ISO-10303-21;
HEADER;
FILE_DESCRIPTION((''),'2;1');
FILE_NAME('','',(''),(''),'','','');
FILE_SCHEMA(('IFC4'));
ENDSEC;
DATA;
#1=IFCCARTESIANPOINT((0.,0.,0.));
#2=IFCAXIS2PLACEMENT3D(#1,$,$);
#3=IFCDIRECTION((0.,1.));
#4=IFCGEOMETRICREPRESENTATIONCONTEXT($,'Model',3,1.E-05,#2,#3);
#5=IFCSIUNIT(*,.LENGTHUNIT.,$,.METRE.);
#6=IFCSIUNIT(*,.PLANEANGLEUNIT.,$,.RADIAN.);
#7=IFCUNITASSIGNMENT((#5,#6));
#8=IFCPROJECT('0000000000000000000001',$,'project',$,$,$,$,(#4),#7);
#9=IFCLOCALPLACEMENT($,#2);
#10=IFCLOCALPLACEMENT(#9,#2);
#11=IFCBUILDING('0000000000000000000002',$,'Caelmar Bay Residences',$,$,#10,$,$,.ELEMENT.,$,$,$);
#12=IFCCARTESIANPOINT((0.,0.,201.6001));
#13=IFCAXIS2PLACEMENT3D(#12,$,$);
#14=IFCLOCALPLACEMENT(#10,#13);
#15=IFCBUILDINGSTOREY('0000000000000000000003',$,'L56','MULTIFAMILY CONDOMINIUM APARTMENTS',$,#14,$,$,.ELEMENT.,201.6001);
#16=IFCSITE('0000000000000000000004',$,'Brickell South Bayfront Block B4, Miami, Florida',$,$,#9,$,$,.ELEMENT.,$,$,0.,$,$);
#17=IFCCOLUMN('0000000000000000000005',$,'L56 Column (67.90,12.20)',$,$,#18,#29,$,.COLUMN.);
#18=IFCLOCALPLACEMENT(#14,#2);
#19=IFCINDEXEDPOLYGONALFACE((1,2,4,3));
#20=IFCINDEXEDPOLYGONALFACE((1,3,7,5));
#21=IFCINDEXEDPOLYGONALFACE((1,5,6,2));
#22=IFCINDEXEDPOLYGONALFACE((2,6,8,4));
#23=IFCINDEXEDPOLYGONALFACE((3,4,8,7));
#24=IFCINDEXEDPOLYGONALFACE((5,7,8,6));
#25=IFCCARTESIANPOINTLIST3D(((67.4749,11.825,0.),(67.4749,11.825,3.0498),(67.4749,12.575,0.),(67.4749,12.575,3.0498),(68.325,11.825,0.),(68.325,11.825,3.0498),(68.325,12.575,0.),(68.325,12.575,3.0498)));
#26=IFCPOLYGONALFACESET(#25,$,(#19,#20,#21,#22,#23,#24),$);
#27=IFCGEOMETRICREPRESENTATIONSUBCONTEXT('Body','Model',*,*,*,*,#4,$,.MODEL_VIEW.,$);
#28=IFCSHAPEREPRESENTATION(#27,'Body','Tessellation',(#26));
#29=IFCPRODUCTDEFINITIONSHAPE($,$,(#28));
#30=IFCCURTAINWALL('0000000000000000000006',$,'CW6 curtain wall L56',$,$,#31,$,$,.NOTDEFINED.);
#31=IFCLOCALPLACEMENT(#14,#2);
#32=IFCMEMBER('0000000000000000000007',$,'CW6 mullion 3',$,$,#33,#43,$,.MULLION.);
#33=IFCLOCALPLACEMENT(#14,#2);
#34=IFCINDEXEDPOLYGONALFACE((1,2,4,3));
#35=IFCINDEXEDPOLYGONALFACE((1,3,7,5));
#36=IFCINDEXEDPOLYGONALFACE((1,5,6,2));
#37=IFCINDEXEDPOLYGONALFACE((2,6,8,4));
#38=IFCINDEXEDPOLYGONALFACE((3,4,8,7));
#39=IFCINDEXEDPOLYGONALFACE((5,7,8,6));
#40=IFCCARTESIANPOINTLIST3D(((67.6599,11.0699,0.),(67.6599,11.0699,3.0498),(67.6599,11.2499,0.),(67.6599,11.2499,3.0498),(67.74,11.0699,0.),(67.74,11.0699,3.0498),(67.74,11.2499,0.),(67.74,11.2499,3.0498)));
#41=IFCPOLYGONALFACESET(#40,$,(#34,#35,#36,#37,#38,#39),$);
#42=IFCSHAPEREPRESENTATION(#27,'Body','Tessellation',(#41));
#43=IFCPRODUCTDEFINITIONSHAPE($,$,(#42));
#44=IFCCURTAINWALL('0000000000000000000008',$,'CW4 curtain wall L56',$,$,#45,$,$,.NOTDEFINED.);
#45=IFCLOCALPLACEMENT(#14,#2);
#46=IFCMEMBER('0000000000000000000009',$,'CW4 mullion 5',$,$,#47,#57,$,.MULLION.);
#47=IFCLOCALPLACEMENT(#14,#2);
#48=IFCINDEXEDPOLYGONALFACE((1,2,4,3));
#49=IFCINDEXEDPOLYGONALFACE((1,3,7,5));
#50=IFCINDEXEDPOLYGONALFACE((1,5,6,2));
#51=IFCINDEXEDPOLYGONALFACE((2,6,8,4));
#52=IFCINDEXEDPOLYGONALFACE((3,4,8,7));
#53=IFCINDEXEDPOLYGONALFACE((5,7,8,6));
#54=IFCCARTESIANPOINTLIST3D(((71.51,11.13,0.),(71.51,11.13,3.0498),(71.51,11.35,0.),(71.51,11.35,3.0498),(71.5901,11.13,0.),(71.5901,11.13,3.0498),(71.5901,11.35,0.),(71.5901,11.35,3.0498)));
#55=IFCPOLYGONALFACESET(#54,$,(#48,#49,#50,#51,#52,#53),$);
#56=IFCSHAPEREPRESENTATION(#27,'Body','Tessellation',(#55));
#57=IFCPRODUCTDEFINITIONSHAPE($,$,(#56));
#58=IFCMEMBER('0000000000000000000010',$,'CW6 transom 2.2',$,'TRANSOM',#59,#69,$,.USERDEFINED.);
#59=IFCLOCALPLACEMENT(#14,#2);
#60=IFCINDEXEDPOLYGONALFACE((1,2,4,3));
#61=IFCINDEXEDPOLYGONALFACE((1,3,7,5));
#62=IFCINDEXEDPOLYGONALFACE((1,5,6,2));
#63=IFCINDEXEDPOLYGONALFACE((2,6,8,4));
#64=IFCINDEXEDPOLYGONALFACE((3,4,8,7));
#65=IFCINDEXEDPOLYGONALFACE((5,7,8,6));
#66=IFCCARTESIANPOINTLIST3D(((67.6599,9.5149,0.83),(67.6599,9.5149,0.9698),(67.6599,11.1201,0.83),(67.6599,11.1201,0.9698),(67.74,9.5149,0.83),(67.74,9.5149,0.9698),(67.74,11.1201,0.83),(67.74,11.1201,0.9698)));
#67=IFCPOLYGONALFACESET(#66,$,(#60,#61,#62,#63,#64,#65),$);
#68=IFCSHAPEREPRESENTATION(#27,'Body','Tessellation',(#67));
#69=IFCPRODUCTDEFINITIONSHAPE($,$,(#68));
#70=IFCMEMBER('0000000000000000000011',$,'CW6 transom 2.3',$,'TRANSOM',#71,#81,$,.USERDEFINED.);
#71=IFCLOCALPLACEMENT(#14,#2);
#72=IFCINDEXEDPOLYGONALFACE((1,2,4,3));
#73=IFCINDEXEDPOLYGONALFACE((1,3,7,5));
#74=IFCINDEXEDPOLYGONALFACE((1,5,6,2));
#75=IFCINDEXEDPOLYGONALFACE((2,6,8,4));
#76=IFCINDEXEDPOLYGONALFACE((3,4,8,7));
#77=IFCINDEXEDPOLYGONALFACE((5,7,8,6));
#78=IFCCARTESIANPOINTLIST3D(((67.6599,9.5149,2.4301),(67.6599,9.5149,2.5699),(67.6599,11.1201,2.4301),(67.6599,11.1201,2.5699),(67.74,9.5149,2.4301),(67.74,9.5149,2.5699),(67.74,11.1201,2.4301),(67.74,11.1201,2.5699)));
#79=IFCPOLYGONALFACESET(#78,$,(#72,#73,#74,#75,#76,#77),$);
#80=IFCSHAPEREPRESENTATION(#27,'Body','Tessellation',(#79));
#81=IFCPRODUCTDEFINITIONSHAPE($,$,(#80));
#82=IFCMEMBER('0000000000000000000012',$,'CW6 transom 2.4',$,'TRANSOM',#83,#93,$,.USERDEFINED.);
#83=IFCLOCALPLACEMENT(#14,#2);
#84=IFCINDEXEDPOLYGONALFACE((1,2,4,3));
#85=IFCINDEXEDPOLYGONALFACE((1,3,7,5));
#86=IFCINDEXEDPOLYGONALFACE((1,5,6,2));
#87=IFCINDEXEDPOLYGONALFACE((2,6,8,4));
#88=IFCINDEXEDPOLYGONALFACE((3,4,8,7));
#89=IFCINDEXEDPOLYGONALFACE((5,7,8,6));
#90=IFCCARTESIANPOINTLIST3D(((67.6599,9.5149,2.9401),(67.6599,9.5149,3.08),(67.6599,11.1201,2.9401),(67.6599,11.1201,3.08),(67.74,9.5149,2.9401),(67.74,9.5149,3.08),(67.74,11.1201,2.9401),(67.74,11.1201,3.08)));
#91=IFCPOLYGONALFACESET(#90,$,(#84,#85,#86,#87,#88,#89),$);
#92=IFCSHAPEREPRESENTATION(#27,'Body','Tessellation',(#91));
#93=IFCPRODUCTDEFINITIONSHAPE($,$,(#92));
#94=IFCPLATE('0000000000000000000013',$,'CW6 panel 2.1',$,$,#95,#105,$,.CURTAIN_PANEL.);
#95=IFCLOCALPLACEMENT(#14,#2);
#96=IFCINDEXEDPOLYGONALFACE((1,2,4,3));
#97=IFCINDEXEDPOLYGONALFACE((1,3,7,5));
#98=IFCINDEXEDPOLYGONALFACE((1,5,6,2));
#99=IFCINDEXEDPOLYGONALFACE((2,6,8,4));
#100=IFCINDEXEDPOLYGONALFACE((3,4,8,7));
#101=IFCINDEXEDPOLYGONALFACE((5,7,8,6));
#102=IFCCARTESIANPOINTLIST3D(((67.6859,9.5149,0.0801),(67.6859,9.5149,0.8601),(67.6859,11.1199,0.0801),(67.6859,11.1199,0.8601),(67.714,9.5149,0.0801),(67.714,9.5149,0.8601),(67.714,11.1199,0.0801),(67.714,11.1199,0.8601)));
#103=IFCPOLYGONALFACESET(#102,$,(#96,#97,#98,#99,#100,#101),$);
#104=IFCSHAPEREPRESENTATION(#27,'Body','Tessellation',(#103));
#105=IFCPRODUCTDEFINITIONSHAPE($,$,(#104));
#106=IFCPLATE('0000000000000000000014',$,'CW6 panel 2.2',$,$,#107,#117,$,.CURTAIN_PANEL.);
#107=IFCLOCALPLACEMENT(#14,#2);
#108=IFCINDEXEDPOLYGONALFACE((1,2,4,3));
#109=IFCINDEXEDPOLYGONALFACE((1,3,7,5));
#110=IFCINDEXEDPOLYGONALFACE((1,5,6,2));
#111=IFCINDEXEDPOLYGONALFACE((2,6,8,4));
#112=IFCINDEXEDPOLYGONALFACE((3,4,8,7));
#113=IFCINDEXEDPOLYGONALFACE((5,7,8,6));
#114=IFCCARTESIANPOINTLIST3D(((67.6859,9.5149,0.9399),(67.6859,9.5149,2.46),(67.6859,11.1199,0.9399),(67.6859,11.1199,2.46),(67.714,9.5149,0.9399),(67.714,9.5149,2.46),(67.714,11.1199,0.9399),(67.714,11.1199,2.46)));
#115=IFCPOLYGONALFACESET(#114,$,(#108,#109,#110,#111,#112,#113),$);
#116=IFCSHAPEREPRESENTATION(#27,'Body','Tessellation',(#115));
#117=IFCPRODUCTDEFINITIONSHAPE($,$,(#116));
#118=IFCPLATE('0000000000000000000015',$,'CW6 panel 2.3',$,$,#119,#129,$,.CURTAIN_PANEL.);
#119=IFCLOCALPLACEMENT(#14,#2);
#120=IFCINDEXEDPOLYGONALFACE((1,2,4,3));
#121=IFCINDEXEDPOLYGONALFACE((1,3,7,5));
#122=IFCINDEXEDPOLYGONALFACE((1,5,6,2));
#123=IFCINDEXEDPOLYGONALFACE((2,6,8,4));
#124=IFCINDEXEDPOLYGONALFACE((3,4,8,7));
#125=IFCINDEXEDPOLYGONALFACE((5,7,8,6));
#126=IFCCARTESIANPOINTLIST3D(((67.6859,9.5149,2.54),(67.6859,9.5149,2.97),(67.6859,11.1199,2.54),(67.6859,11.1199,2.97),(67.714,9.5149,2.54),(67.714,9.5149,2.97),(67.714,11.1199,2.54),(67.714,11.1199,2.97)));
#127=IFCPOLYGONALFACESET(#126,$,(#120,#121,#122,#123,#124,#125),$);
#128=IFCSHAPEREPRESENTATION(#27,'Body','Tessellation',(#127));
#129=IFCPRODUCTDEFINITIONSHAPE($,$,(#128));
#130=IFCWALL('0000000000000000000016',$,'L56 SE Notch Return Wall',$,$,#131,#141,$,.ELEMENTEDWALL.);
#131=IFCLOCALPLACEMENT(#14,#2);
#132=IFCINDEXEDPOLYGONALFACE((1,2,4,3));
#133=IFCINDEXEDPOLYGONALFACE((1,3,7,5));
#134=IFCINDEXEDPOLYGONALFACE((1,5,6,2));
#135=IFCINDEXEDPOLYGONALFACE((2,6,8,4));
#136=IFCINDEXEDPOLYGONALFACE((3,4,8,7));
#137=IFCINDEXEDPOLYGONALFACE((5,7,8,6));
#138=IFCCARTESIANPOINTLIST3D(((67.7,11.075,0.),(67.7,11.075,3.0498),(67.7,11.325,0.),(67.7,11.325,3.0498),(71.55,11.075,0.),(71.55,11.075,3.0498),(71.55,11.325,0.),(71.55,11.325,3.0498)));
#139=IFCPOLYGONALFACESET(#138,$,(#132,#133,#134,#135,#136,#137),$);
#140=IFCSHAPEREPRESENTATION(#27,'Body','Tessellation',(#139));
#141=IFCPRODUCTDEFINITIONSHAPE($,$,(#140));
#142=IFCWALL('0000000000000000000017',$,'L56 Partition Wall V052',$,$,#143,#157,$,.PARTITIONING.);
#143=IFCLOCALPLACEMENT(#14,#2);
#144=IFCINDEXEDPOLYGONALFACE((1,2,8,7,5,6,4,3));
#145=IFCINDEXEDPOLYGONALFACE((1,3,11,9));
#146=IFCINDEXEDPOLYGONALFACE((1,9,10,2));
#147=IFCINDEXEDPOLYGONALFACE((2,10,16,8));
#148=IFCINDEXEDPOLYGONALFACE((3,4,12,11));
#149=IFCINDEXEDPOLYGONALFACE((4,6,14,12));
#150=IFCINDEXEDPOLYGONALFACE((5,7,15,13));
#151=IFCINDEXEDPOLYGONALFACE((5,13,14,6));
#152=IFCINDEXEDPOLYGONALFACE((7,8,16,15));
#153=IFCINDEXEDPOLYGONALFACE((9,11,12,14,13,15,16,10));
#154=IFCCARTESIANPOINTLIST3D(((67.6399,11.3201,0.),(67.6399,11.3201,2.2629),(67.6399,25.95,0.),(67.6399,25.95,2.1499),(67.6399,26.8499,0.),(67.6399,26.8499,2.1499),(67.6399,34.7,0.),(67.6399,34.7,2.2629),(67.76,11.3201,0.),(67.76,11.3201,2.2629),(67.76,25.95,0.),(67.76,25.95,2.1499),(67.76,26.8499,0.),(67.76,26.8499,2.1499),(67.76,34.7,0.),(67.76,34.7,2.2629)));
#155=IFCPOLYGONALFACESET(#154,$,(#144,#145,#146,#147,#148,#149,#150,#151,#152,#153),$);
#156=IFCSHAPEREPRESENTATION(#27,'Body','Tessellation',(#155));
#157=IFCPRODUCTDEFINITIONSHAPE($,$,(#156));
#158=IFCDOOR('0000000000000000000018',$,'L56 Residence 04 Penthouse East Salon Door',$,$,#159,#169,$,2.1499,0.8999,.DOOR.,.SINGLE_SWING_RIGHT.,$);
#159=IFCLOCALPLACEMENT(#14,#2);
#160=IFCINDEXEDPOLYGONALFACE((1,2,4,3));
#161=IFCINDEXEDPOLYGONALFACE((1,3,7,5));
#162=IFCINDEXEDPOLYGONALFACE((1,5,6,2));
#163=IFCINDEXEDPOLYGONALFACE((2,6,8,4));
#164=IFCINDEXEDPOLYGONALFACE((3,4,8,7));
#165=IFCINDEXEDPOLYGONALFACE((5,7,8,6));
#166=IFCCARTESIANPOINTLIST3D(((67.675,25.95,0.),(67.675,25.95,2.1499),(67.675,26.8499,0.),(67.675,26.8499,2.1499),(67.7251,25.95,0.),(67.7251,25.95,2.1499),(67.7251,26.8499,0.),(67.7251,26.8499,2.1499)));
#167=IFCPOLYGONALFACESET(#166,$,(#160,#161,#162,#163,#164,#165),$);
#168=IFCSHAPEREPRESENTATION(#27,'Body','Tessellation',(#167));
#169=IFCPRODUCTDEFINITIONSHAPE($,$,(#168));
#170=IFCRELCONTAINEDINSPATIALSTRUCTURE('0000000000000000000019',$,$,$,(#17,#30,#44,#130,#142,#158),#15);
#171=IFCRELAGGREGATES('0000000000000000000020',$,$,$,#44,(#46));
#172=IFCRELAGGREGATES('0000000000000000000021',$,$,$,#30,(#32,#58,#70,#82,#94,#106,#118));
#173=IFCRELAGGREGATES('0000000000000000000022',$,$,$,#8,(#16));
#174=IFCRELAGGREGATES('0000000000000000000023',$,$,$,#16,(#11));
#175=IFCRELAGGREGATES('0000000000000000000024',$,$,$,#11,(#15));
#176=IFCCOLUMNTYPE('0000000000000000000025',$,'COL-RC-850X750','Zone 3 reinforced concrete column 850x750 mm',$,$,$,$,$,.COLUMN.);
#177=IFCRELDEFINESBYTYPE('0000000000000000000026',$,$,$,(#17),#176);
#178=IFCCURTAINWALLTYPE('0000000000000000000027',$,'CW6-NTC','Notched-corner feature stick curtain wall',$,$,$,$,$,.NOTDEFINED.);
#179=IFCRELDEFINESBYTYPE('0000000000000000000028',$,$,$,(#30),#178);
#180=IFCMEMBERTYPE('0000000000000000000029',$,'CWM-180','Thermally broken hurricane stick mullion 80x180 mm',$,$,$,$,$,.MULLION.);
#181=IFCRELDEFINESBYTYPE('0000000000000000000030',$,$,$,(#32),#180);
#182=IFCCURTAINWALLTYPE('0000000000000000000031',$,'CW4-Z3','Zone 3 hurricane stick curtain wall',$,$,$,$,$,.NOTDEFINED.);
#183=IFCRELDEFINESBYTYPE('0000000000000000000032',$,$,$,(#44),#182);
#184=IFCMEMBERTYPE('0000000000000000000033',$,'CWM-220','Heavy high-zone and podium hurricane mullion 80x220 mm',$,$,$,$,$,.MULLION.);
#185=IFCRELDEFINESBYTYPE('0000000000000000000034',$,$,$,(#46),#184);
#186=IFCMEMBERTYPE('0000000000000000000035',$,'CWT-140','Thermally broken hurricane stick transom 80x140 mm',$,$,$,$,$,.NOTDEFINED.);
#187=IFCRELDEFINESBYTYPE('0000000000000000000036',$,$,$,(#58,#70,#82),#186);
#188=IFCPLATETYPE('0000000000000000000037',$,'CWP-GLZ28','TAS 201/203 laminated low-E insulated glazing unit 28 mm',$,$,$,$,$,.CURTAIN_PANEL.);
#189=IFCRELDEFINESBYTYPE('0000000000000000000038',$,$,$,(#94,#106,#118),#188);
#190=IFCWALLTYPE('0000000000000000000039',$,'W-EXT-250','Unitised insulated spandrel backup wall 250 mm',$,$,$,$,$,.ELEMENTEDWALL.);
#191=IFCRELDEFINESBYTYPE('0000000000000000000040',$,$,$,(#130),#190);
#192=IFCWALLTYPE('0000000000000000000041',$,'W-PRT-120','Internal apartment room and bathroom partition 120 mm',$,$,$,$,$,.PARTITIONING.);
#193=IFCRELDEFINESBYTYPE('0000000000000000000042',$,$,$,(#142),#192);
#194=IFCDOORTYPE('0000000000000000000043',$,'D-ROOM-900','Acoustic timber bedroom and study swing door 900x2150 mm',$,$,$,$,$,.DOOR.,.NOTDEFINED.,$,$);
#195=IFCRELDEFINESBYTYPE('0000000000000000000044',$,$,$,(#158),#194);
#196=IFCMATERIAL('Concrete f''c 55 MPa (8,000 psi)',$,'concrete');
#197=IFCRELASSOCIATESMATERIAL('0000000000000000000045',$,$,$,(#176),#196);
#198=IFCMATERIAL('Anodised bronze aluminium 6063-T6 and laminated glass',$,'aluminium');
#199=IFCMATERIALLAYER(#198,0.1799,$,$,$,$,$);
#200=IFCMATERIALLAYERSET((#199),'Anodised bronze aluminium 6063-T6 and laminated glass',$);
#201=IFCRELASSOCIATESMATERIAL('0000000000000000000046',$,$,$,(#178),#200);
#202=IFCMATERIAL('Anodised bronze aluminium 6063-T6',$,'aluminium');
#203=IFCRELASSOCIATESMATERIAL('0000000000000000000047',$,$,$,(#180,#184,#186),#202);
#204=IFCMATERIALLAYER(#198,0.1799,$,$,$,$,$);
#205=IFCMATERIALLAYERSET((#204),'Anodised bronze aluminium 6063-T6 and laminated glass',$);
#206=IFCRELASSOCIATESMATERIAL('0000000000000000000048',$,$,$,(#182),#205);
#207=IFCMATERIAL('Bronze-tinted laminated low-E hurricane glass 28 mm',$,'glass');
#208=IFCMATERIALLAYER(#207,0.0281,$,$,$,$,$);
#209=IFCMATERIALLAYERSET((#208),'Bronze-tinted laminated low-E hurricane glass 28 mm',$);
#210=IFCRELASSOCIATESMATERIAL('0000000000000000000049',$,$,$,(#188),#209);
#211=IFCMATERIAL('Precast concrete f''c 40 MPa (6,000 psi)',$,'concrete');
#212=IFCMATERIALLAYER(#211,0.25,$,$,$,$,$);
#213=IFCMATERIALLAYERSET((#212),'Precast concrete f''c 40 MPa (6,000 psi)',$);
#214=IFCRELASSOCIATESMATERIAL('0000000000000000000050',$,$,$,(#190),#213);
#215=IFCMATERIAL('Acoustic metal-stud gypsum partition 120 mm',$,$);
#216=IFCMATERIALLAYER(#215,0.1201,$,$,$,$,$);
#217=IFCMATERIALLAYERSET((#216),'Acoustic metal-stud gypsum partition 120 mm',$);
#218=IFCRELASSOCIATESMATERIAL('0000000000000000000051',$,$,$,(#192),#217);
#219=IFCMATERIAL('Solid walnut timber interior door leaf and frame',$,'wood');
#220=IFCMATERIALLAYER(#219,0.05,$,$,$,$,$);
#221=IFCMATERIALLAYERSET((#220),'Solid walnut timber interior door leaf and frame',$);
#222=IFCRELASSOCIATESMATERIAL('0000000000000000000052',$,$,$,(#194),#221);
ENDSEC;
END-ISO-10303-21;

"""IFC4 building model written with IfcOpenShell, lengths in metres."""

from ifc_helpers import new_model, si_unit, direction, frame, frame_2d, origin, origin_2d, place, context, subcontext, project, spatial, rectangle, extrude, material, layer, layer_set, material_profile, profile_set, type_object, element, fill, aggregate, save


model = new_model("IFC4")

# Units and contexts
model_context = context("Model", 3, precision=1e-05, world=origin(), true_north=direction((0.0, 1.0)))
body_context = subcontext(model_context, "Body", "Model", "MODEL_VIEW")
ifc_project = project(units=[si_unit("LENGTHUNIT", "METRE"), si_unit("PLANEANGLEUNIT", "RADIAN")], contexts=[model_context])

# Site, building, storey
site_placement = place(None, origin())
site = spatial("IfcSite", under=ifc_project, at=site_placement, Name="Brickell South Bayfront Block B4, Miami, Florida", CompositionType="ELEMENT", RefElevation=0.0)
building_placement = place(site_placement, origin())
building = spatial("IfcBuilding", under=site, at=building_placement, Name="Caelmar Bay Residences", CompositionType="ELEMENT")
storey_placement = place(building_placement, frame((0.0, 0.0, 201.6001)))
storey = spatial("IfcBuildingStorey", under=building, at=storey_placement, Name="L56", Description="MULTIFAMILY CONDOMINIUM APARTMENTS", CompositionType="ELEMENT", Elevation=201.6001)

# Column
ifc_material_1 = material(Name="Concrete f'c 55 MPa (8,000 psi)", Category="concrete")
ifc_material_profile_1 = material_profile(ifc_material_1, rectangle(XDim=0.8501, YDim=0.75, at=origin_2d()), Name="RC-COL-850X750")
ifc_profile_set_1 = profile_set([ifc_material_profile_1], Name="Concrete f'c 55 MPa (8,000 psi)")
column_type = type_object("IfcColumnType", Name="COL-RC-850X750", Description="Zone 3 reinforced concrete column 850x750 mm", PredefinedType="COLUMN", material=ifc_profile_set_1)
column_placement = place(storey_placement, frame((67.8999, 12.2, 0.0), z_axis=(0.0, 0.0, 1.0), x_axis=(1.0, 0.0, 0.0)))
element("IfcColumn", 1, at=column_placement, inside=storey, type_object=column_type, Name="L56 Column (67.90,12.20)", PredefinedType="COLUMN", context=body_context, shape_type="SweptSolid", body=[
    extrude(rectangle(XDim=0.8501, YDim=0.75, at=origin_2d()), origin(), (0.0, 0.0, 1.0), 3.0498),
])

# Curtain walls, members
ifc_material_2 = material(Name="Anodised bronze aluminium 6063-T6 and laminated glass", Category="aluminium")
ifc_layer_1 = layer(ifc_material_2, 0.1799)
ifc_layer_set_1 = layer_set([ifc_layer_1], Name="Anodised bronze aluminium 6063-T6 and laminated glass")
curtain_wall_type_1 = type_object("IfcCurtainWallType", Name="CW6-NTC", Description="Notched-corner feature stick curtain wall", PredefinedType="NOTDEFINED", material=ifc_layer_set_1)
curtain_wall_1_placement = place(storey_placement, origin())
curtain_wall_1 = element("IfcCurtainWall", 2, at=curtain_wall_1_placement, inside=storey, type_object=curtain_wall_type_1, Name="CW6 curtain wall L56", PredefinedType="NOTDEFINED")
ifc_material_3 = material(Name="Anodised bronze aluminium 6063-T6", Category="aluminium")
ifc_material_profile_2 = material_profile(ifc_material_3, rectangle(XDim=0.0801, YDim=0.1799, at=origin_2d()), Name="CWM-80X180")
ifc_profile_set_2 = profile_set([ifc_material_profile_2], Name="Anodised bronze aluminium 6063-T6")
member_type_1 = type_object("IfcMemberType", Name="CWM-180", Description="Thermally broken hurricane stick mullion 80x180 mm", PredefinedType="MULLION", material=ifc_profile_set_2)
member_1_placement = place(storey_placement, frame((67.7, 11.1599, 0.0), z_axis=(0.0, 0.0, 1.0), x_axis=(-1.0, 0.0, 0.0)))
member_1 = element("IfcMember", 3, at=member_1_placement, type_object=member_type_1, Name="CW6 mullion 3", PredefinedType="MULLION", context=body_context, shape_type="SweptSolid", body=[
    extrude(rectangle(XDim=0.0801, YDim=0.1799, at=origin_2d()), origin(), (0.0, 0.0, 1.0), 3.0498),
])
ifc_layer_2 = layer(ifc_material_2, 0.1799)
ifc_layer_set_2 = layer_set([ifc_layer_2], Name="Anodised bronze aluminium 6063-T6 and laminated glass")
curtain_wall_type_2 = type_object("IfcCurtainWallType", Name="CW4-Z3", Description="Zone 3 hurricane stick curtain wall", PredefinedType="NOTDEFINED", material=ifc_layer_set_2)
curtain_wall_2_placement = place(storey_placement, origin())
curtain_wall_2 = element("IfcCurtainWall", 4, at=curtain_wall_2_placement, inside=storey, type_object=curtain_wall_type_2, Name="CW4 curtain wall L56", PredefinedType="NOTDEFINED")
ifc_material_profile_3 = material_profile(ifc_material_3, rectangle(XDim=0.0801, YDim=0.22, at=origin_2d()), Name="CWM-80X220")
ifc_profile_set_3 = profile_set([ifc_material_profile_3], Name="Anodised bronze aluminium 6063-T6")
member_type_2 = type_object("IfcMemberType", Name="CWM-220", Description="Heavy high-zone and podium hurricane mullion 80x220 mm", PredefinedType="MULLION", material=ifc_profile_set_3)
member_2_placement = place(storey_placement, frame((71.55, 11.24, 0.0), z_axis=(0.0, 0.0, 1.0), x_axis=(1.0, 0.0, 0.0)))
member_2 = element("IfcMember", 5, at=member_2_placement, type_object=member_type_2, Name="CW4 mullion 5", PredefinedType="MULLION", context=body_context, shape_type="SweptSolid", body=[
    extrude(rectangle(XDim=0.0801, YDim=0.22, at=origin_2d()), origin(), (0.0, 0.0, 1.0), 3.0498),
])
aggregate(curtain_wall_2, [member_2])

# Members
ifc_material_profile_4 = material_profile(ifc_material_3, rectangle(XDim=0.0801, YDim=0.1399, at=origin_2d()), Name="CWT-80X140")
ifc_profile_set_4 = profile_set([ifc_material_profile_4], Name="Anodised bronze aluminium 6063-T6")
member_type_3 = type_object("IfcMemberType", Name="CWT-140", Description="Thermally broken hurricane stick transom 80x140 mm", PredefinedType="NOTDEFINED", material=ifc_profile_set_4)
member_3_placement = place(storey_placement, frame((67.7, 9.5149, 0.8999), z_axis=(0.0, 1.0, 0.0), x_axis=(-1.0, 0.0, 0.0)))
member_3 = element("IfcMember", 6, at=member_3_placement, type_object=member_type_3, Name="CW6 transom 2.2", ObjectType="TRANSOM", PredefinedType="USERDEFINED", context=body_context, shape_type="SweptSolid", body=[
    extrude(rectangle(XDim=0.0801, YDim=0.1399, at=origin_2d()), origin(), (0.0, 0.0, 1.0), 1.6052),
])
member_4_placement = place(storey_placement, frame((67.7, 9.5149, 2.5), z_axis=(0.0, 1.0, 0.0), x_axis=(-1.0, 0.0, 0.0)))
member_4 = element("IfcMember", 7, at=member_4_placement, type_object=member_type_3, Name="CW6 transom 2.3", ObjectType="TRANSOM", PredefinedType="USERDEFINED", context=body_context, shape_type="SweptSolid", body=[
    extrude(rectangle(XDim=0.0801, YDim=0.1399, at=origin_2d()), origin(), (0.0, 0.0, 1.0), 1.6052),
])
member_5_placement = place(storey_placement, frame((67.7, 9.5149, 3.01), z_axis=(0.0, 1.0, 0.0), x_axis=(-1.0, 0.0, 0.0)))
member_5 = element("IfcMember", 8, at=member_5_placement, type_object=member_type_3, Name="CW6 transom 2.4", ObjectType="TRANSOM", PredefinedType="USERDEFINED", context=body_context, shape_type="SweptSolid", body=[
    extrude(rectangle(XDim=0.0801, YDim=0.1399, at=origin_2d()), origin(), (0.0, 0.0, 1.0), 1.6052),
])

# Plates
ifc_material_4 = material(Name="Bronze-tinted laminated low-E hurricane glass 28 mm", Category="glass")
ifc_layer_3 = layer(ifc_material_4, 0.0281)
ifc_layer_set_3 = layer_set([ifc_layer_3], Name="Bronze-tinted laminated low-E hurricane glass 28 mm")
plate_type = type_object("IfcPlateType", Name="CWP-GLZ28", Description="TAS 201/203 laminated low-E insulated glazing unit 28 mm", PredefinedType="CURTAIN_PANEL", material=ifc_layer_set_3)
plate_1_placement = place(storey_placement, frame((67.7, 10.3174, 0.0801), z_axis=(0.0, 0.0, 1.0), x_axis=(0.0, 1.0, 0.0)))
plate_1 = element("IfcPlate", 9, at=plate_1_placement, type_object=plate_type, Name="CW6 panel 2.1", PredefinedType="CURTAIN_PANEL", context=body_context, shape_type="SweptSolid", body=[
    extrude(rectangle(XDim=1.605, YDim=0.0281, at=origin_2d()), origin(), (0.0, 0.0, 1.0), 0.78),
])
plate_2_placement = place(storey_placement, frame((67.7, 10.3174, 0.9399), z_axis=(0.0, 0.0, 1.0), x_axis=(0.0, 1.0, 0.0)))
plate_2 = element("IfcPlate", 10, at=plate_2_placement, type_object=plate_type, Name="CW6 panel 2.2", PredefinedType="CURTAIN_PANEL", context=body_context, shape_type="SweptSolid", body=[
    extrude(rectangle(XDim=1.605, YDim=0.0281, at=origin_2d()), origin(), (0.0, 0.0, 1.0), 1.52),
])
plate_3_placement = place(storey_placement, frame((67.7, 10.3174, 2.54), z_axis=(0.0, 0.0, 1.0), x_axis=(0.0, 1.0, 0.0)))
plate_3 = element("IfcPlate", 11, at=plate_3_placement, type_object=plate_type, Name="CW6 panel 2.3", PredefinedType="CURTAIN_PANEL", context=body_context, shape_type="SweptSolid", body=[
    extrude(rectangle(XDim=1.605, YDim=0.0281, at=origin_2d()), origin(), (0.0, 0.0, 1.0), 0.4299),
])
aggregate(curtain_wall_1, [member_1, member_3, member_4, member_5, plate_1, plate_2, plate_3])

# Wall
ifc_material_5 = material(Name="Precast concrete f'c 40 MPa (6,000 psi)", Category="concrete")
ifc_layer_4 = layer(ifc_material_5, 0.25)
ifc_layer_set_4 = layer_set([ifc_layer_4], Name="Precast concrete f'c 40 MPa (6,000 psi)")
wall_type_1 = type_object("IfcWallType", Name="W-EXT-250", Description="Unitised insulated spandrel backup wall 250 mm", PredefinedType="ELEMENTEDWALL", material=ifc_layer_set_4)
wall_1_placement = place(storey_placement, frame((67.7, 11.2, 0.0), z_axis=(0.0, 0.0, 1.0), x_axis=(1.0, 0.0, 0.0)))
element("IfcWall", 12, at=wall_1_placement, inside=storey, type_object=wall_type_1, Name="L56 SE Notch Return Wall", PredefinedType="ELEMENTEDWALL", context=body_context, shape_type="SweptSolid", body=[
    extrude(rectangle(XDim=3.8501, YDim=0.25, at=frame_2d((1.925, 0.0))), origin(), (0.0, 0.0, 1.0), 3.0498),
])

# Wall, opening, door
ifc_material_6 = material(Name="Acoustic metal-stud gypsum partition 120 mm")
ifc_layer_5 = layer(ifc_material_6, 0.1201)
ifc_layer_set_5 = layer_set([ifc_layer_5], Name="Acoustic metal-stud gypsum partition 120 mm")
wall_type_2 = type_object("IfcWallType", Name="W-PRT-120", Description="Internal apartment room and bathroom partition 120 mm", PredefinedType="PARTITIONING", material=ifc_layer_set_5)
wall_2_placement = place(storey_placement, frame((67.7, 11.3201, 0.0), z_axis=(0.0, 0.0, 1.0), x_axis=(0.0, 1.0, 0.0)))
wall_2 = element("IfcWall", 13, at=wall_2_placement, inside=storey, type_object=wall_type_2, Name="L56 Partition Wall V052", PredefinedType="PARTITIONING", context=body_context, shape_type="SweptSolid", body=[
    extrude(rectangle(XDim=23.3799, YDim=0.1201, at=frame_2d((11.6899, 0.0))), origin(), (0.0, 0.0, 1.0), 2.2629),
])
opening_placement = place(wall_2_placement, frame((14.6299, 0.0, 0.0)))
opening = element("IfcOpeningElement", 14, at=opening_placement, cuts=wall_2, PredefinedType="OPENING", context=body_context, shape_type="SweptSolid", body=[
    extrude(rectangle(XDim=0.8999, YDim=2.1499, at=frame_2d((0.45, 1.075))), frame((0.0, 0.0701, 0.0), z_axis=(0.0, -1.0, 0.0), x_axis=(1.0, 0.0, 0.0)), (0.0, 0.0, 1.0), 0.1401),
])
ifc_material_7 = material(Name="Solid walnut timber interior door leaf and frame", Category="wood")
ifc_layer_6 = layer(ifc_material_7, 0.05)
ifc_layer_set_6 = layer_set([ifc_layer_6], Name="Solid walnut timber interior door leaf and frame")
door_type = type_object("IfcDoorType", Name="D-ROOM-900", Description="Acoustic timber bedroom and study swing door 900x2150 mm", OperationType="NOTDEFINED", PredefinedType="DOOR", material=ifc_layer_set_6)
door_placement = place(opening_placement, origin())
door = element("IfcDoor", 15, at=door_placement, inside=storey, type_object=door_type, Name="L56 Residence 04 Penthouse East Salon Door", OperationType="SINGLE_SWING_RIGHT", OverallHeight=2.1499, OverallWidth=0.8999, PredefinedType="DOOR", context=body_context, shape_type="SweptSolid", body=[
    extrude(rectangle(XDim=0.8999, YDim=2.1499, at=frame_2d((0.45, 1.075))), frame((0.0, 0.0249, 0.0), z_axis=(0.0, -1.0, 0.0), x_axis=(1.0, 0.0, 0.0)), (0.0, 0.0, 1.0), 0.05),
])
fill(opening, door)

save(model, "model.ifc")
